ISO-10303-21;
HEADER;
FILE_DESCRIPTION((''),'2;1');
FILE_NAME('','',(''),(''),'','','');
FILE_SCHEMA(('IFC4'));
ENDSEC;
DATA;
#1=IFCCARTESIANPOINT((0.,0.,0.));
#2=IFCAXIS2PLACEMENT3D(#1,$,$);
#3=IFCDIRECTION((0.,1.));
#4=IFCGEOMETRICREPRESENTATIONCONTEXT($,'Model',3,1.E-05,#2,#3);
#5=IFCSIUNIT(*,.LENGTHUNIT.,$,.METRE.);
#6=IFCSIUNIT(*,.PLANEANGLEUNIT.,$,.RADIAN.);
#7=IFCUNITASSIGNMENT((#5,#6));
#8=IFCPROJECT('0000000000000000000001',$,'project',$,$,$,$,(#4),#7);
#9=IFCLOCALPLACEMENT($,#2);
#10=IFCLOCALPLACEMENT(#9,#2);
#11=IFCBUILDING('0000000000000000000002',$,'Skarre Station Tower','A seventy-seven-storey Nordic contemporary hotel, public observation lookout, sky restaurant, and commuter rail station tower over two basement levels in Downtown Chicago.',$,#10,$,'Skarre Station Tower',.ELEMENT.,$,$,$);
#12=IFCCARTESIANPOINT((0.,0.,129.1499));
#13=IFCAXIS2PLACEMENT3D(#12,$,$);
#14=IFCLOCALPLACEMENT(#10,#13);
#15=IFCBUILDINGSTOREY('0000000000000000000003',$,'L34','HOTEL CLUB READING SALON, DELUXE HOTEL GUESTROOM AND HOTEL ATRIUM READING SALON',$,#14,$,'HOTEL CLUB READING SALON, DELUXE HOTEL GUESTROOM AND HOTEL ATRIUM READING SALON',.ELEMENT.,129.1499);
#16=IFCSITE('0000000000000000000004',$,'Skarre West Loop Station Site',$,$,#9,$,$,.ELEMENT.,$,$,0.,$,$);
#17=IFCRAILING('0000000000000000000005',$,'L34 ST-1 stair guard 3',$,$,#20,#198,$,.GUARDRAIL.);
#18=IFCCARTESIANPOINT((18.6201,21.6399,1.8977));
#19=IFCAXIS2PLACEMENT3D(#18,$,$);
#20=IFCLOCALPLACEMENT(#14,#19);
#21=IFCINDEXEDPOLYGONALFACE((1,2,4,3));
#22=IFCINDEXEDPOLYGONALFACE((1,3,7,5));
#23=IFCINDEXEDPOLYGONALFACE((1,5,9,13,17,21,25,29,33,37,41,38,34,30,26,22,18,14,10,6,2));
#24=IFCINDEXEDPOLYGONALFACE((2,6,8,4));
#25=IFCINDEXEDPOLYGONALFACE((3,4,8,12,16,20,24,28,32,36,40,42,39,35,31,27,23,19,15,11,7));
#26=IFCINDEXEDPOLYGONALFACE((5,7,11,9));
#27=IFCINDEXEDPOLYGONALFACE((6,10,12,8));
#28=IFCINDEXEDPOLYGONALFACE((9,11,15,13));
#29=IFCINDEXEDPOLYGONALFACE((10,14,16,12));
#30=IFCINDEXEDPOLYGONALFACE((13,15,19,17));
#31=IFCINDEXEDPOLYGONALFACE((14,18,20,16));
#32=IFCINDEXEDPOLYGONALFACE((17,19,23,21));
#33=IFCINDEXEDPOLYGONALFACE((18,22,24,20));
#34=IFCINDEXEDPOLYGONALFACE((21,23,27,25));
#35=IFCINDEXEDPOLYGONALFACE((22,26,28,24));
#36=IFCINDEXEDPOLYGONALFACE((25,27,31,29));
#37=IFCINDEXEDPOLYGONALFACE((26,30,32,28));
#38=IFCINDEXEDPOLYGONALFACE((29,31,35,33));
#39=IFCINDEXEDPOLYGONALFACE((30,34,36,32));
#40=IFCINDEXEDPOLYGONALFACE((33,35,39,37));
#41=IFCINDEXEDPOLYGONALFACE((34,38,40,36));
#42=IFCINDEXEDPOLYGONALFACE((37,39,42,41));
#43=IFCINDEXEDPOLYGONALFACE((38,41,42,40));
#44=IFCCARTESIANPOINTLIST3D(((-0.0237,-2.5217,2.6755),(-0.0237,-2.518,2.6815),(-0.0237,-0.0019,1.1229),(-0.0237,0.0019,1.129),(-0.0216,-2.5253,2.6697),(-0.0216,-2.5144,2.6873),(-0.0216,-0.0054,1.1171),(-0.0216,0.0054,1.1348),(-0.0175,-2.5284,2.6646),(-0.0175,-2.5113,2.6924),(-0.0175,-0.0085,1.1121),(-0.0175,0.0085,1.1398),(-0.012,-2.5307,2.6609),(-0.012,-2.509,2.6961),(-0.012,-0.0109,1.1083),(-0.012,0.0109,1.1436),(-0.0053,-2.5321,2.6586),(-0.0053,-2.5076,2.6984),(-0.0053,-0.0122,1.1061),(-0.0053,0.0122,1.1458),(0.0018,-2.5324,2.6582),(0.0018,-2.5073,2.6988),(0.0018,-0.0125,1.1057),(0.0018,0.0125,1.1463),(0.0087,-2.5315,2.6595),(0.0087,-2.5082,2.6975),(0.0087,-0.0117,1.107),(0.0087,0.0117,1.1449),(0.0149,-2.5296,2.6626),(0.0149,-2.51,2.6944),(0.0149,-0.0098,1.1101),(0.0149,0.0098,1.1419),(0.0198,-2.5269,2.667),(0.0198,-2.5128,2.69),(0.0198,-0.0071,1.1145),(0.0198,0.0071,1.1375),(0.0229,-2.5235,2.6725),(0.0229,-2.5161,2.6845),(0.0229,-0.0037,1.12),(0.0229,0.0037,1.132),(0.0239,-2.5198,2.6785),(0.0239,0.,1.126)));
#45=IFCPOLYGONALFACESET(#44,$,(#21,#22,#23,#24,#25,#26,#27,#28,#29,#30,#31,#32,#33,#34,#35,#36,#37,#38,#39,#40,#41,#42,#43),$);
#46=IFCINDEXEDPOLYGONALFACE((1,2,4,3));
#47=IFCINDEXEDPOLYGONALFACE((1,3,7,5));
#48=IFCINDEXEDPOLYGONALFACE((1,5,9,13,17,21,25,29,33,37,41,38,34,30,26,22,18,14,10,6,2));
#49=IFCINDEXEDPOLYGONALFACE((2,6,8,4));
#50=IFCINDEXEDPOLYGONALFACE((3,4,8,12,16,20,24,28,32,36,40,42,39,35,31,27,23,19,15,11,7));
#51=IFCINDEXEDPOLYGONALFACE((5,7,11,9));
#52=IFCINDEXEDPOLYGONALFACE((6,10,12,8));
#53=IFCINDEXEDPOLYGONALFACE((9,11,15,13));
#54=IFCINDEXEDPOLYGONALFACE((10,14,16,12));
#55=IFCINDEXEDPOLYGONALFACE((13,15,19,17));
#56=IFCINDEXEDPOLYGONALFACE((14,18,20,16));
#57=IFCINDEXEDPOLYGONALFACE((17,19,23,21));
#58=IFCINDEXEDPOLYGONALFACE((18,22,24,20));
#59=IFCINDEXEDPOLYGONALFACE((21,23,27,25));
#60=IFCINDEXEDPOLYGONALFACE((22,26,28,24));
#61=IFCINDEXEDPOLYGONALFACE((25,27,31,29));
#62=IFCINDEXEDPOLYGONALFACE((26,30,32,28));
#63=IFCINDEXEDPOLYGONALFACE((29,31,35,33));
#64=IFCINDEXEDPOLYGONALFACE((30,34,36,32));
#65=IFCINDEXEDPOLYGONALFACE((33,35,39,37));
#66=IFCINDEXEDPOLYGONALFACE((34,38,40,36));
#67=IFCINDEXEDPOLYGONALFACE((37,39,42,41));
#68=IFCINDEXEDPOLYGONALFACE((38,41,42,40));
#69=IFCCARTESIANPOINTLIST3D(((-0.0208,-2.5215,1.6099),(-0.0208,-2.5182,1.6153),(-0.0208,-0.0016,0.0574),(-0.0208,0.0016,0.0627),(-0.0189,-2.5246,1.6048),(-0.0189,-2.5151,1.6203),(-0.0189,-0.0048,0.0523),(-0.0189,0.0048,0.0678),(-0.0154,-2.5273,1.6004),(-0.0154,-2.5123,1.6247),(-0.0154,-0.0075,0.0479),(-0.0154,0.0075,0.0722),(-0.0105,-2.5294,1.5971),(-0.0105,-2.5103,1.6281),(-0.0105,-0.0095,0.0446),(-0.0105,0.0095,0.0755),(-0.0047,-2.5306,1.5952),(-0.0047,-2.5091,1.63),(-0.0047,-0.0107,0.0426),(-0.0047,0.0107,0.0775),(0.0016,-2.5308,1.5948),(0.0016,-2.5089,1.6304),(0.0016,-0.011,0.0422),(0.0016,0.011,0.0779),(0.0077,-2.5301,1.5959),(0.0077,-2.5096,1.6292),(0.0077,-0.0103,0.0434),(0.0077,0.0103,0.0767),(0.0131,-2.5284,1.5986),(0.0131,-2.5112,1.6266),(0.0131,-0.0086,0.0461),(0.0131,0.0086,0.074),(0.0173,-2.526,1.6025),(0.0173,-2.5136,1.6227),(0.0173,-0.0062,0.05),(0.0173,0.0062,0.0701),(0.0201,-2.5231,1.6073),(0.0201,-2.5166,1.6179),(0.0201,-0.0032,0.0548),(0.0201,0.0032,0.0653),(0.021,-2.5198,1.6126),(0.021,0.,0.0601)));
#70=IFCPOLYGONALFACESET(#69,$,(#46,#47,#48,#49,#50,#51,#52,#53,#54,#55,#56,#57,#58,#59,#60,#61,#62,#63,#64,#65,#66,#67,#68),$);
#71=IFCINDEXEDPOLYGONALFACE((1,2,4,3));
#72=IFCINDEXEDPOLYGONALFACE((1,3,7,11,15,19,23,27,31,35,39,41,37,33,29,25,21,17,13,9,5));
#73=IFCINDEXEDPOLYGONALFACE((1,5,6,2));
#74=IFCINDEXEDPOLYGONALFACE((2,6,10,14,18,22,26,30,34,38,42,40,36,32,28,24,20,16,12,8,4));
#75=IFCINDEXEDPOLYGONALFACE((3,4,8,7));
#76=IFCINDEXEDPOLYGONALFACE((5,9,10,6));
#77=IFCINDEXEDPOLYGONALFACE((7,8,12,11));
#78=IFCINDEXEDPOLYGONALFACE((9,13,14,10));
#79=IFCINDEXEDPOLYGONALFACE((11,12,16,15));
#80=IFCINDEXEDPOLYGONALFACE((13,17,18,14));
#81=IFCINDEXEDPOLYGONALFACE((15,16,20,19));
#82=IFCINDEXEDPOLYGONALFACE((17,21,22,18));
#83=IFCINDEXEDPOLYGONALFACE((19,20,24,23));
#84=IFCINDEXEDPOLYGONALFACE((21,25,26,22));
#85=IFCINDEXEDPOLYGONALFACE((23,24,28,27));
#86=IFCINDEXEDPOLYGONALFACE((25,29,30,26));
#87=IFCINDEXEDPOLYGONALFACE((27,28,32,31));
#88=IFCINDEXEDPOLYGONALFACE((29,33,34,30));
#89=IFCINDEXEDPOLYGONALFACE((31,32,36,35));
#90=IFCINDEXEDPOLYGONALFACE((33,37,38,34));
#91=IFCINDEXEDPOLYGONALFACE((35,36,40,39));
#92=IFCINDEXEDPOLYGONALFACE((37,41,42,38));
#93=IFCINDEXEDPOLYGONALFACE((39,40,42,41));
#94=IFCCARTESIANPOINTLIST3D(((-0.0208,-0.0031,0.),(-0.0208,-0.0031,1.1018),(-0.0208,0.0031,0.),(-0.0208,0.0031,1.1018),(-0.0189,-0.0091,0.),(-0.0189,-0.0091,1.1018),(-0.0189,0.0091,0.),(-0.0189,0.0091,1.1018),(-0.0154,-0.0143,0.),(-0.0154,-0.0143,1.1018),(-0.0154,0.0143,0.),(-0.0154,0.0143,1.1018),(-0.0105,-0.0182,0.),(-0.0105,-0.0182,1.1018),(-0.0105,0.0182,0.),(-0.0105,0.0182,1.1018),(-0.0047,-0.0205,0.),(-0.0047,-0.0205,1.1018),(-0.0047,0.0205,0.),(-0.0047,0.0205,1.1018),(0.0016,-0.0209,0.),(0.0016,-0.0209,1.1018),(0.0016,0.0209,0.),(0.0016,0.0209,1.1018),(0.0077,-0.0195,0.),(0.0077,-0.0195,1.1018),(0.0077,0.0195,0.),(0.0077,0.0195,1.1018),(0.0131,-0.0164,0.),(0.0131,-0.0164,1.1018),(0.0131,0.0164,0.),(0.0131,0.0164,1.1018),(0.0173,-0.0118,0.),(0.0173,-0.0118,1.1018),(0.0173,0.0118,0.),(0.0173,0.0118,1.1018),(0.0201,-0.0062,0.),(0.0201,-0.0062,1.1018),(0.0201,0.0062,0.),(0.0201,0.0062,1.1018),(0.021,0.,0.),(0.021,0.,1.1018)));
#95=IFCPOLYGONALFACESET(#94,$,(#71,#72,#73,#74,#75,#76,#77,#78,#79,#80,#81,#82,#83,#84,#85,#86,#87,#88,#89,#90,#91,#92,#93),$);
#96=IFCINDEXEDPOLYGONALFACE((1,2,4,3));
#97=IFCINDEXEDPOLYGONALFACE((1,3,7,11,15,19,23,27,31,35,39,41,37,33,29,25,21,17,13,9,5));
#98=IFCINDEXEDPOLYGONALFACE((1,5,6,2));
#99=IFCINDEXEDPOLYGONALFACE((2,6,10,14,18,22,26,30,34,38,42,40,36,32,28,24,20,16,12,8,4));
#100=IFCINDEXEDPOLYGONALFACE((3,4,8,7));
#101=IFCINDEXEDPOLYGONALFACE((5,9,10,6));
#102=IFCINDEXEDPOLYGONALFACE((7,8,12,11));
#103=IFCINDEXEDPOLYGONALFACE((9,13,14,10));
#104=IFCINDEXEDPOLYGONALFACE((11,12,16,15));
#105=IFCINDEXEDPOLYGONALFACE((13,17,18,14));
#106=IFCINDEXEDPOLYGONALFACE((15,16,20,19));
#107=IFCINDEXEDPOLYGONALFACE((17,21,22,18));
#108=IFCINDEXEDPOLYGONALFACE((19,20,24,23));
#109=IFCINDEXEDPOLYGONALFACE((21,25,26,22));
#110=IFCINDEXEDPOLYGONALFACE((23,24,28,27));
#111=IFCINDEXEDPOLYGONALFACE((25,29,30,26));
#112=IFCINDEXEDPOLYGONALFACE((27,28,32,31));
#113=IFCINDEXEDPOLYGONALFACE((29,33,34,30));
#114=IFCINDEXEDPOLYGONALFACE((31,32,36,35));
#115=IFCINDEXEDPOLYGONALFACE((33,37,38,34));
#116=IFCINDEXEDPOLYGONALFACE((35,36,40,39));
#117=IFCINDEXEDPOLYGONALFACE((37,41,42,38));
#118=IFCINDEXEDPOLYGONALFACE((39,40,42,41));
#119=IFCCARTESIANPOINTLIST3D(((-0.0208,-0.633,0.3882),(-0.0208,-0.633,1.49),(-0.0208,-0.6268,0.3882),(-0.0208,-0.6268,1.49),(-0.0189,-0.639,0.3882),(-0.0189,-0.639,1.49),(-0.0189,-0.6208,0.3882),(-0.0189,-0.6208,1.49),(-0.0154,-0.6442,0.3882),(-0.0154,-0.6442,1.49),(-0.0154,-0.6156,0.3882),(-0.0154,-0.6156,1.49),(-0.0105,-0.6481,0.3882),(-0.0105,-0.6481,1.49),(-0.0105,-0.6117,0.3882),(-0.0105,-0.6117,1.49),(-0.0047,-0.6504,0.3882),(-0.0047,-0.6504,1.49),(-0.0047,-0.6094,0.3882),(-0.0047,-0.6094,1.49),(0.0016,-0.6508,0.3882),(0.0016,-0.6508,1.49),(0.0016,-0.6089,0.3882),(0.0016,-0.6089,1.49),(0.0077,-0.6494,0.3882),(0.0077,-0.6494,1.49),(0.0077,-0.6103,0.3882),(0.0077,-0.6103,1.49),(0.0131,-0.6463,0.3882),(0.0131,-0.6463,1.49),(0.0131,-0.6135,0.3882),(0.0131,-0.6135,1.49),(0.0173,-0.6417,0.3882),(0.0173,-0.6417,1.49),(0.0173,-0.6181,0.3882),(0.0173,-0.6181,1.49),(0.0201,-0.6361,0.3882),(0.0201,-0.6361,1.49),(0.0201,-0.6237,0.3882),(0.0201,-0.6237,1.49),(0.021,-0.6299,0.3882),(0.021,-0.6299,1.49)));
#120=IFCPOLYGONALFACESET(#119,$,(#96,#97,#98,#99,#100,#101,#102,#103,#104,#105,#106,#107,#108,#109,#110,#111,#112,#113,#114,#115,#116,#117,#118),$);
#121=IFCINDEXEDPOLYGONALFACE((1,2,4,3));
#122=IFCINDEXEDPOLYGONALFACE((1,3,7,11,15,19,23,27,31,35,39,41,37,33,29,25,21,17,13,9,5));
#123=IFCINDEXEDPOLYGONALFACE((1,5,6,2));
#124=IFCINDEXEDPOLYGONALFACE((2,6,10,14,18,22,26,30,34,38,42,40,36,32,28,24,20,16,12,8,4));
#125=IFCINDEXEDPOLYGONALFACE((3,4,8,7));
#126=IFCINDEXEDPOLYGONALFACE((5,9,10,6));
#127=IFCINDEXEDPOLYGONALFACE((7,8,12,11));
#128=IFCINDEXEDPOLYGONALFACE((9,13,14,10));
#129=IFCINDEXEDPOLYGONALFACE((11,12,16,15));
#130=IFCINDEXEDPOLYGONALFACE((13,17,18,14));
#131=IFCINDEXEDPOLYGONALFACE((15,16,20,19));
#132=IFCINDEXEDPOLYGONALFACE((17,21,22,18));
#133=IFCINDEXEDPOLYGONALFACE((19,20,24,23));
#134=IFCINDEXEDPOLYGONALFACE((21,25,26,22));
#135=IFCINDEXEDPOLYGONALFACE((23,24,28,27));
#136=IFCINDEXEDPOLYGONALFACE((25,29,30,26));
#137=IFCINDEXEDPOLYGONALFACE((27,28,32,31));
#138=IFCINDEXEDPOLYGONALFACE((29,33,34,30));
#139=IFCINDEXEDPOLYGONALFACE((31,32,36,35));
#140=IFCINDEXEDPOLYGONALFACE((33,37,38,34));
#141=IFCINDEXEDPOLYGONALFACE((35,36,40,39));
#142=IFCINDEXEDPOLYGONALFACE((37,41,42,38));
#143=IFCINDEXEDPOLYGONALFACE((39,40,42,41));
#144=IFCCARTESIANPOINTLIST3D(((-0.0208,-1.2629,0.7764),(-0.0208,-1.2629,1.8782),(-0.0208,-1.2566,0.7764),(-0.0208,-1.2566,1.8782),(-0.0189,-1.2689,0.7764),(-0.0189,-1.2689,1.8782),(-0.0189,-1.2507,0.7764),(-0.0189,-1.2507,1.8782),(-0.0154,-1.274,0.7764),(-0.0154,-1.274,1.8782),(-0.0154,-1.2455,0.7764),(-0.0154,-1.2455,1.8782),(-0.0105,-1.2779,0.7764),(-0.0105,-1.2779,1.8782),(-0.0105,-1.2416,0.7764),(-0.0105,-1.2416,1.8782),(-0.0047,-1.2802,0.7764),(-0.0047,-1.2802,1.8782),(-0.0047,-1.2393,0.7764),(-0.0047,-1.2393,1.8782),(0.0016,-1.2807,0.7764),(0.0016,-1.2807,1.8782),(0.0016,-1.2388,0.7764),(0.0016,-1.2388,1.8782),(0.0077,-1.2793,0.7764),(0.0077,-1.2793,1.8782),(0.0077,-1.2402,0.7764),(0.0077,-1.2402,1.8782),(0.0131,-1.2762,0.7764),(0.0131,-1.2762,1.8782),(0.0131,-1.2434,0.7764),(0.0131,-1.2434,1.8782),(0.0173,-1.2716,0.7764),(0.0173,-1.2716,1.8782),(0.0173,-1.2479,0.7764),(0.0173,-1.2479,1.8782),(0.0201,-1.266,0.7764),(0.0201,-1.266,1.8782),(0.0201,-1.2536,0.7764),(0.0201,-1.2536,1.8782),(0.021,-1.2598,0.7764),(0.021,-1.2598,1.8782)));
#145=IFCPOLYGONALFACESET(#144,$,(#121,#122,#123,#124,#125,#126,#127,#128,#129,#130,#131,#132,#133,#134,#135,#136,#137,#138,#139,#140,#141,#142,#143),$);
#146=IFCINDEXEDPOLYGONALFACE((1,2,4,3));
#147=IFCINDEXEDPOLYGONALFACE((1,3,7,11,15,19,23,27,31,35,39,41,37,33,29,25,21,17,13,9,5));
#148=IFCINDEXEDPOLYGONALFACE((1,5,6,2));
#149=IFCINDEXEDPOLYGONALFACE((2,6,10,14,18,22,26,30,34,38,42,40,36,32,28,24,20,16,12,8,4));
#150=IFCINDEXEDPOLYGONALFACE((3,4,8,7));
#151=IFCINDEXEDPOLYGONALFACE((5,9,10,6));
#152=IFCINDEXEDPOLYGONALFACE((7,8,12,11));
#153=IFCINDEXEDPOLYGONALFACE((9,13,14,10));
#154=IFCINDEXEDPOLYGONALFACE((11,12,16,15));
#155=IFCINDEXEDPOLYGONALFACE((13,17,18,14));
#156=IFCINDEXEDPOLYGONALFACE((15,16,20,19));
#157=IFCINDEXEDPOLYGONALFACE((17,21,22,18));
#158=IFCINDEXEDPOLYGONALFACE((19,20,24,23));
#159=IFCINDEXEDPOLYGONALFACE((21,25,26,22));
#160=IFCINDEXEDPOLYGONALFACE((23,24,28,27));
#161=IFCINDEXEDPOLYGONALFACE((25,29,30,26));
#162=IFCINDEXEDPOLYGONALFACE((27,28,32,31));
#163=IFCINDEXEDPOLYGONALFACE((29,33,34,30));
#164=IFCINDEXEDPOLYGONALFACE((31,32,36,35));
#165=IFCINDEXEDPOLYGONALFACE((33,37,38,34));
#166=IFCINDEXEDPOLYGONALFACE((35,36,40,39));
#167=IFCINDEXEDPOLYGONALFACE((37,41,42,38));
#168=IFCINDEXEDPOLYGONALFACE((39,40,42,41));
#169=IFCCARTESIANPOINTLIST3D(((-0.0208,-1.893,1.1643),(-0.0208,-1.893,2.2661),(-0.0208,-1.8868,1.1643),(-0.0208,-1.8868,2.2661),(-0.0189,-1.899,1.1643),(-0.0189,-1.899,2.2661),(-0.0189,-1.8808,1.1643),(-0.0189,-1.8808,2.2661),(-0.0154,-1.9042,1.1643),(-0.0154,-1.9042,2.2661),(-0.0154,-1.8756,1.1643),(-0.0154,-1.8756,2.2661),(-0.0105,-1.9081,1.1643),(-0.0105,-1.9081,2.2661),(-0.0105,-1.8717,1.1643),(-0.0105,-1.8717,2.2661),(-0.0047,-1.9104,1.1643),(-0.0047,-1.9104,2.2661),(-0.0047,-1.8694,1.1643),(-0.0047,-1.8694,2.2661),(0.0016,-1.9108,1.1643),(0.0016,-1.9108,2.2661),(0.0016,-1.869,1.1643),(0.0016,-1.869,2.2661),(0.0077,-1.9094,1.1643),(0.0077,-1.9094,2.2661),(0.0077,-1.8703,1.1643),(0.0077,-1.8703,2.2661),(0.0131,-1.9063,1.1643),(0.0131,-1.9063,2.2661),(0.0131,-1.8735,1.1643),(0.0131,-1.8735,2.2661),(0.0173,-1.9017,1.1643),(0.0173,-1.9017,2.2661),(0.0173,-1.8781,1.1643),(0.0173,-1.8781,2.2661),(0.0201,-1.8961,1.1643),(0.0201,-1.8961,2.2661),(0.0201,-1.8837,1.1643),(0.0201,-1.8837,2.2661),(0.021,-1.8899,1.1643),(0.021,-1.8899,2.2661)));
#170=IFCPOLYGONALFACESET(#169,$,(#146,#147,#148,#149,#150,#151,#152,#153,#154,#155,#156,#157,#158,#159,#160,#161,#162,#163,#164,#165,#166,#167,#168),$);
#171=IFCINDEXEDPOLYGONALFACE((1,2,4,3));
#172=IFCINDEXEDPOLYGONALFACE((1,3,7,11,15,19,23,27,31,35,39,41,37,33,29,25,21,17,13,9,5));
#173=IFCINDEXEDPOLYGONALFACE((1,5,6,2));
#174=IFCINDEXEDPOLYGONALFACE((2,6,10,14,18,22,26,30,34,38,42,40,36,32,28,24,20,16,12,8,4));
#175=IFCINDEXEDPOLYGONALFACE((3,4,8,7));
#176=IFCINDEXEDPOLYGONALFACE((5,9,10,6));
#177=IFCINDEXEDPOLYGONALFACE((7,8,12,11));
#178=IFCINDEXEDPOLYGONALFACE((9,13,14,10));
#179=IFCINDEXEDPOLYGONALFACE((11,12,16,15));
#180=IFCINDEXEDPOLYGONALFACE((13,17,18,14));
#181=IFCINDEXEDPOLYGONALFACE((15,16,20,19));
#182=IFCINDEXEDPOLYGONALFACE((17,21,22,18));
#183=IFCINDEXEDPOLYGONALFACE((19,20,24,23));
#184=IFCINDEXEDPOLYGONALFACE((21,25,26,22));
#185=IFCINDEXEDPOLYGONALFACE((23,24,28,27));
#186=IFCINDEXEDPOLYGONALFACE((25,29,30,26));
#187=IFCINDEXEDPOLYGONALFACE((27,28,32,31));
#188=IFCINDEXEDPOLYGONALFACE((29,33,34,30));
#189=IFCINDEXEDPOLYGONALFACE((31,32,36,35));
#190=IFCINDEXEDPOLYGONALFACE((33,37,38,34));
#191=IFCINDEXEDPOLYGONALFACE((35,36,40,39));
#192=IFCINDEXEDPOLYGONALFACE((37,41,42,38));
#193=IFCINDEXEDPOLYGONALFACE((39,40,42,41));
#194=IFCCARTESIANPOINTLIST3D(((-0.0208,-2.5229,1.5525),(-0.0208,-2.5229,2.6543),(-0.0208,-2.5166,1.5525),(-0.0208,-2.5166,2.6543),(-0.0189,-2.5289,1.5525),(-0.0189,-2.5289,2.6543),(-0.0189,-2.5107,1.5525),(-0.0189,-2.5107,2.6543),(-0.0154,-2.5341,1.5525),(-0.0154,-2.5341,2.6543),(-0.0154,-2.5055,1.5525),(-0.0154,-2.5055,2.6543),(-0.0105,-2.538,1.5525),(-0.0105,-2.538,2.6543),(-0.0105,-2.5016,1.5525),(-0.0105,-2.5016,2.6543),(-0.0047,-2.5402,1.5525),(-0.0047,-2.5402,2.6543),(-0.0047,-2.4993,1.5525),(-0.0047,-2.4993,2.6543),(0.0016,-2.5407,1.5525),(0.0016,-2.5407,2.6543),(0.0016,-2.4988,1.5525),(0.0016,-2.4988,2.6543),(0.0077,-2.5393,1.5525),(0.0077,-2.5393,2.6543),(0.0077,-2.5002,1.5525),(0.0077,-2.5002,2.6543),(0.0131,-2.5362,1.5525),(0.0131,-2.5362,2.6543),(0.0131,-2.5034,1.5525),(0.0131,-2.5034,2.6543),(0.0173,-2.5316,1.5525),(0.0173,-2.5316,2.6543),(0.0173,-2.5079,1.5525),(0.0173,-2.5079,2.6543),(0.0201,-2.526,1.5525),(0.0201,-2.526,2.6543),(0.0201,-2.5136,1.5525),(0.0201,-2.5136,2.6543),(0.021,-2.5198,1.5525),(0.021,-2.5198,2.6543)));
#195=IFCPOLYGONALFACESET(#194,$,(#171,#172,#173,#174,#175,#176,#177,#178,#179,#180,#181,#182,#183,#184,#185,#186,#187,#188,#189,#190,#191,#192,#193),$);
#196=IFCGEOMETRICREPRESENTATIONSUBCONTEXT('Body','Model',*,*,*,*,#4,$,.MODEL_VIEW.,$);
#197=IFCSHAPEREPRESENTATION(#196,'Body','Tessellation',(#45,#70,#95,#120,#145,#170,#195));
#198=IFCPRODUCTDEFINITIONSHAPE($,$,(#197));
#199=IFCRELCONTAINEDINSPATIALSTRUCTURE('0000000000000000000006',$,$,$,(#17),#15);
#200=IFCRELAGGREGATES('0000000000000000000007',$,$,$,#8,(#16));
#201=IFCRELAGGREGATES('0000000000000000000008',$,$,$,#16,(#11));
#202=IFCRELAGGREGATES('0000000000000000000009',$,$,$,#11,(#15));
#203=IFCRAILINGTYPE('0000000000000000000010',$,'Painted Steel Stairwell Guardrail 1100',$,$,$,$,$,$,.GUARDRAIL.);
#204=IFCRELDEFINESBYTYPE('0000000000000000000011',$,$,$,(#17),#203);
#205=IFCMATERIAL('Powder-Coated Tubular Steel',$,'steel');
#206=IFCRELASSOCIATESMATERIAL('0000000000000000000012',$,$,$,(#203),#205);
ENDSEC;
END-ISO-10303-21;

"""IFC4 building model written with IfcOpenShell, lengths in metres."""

from ifc_helpers import new_model, si_unit, direction, frame, origin, origin_2d, place, context, subcontext, project, spatial, circle, extrude, material, type_object, element, save


model = new_model("IFC4")

# Units and contexts
model_context = context("Model", 3, precision=1e-05, world=origin(), true_north=direction((0.0, 1.0)))
body_context = subcontext(model_context, "Body", "Model", "MODEL_VIEW")
ifc_project = project(units=[si_unit("LENGTHUNIT", "METRE"), si_unit("PLANEANGLEUNIT", "RADIAN")], contexts=[model_context])

# Site, building, storey
site_placement = place(None, origin())
site = spatial("IfcSite", under=ifc_project, at=site_placement, Name="Skarre West Loop Station Site", CompositionType="ELEMENT", RefElevation=0.0)
building_placement = place(site_placement, origin())
building = spatial("IfcBuilding", under=site, at=building_placement, Name="Skarre Station Tower", Description="A seventy-seven-storey Nordic contemporary hotel, public observation lookout, sky restaurant, and commuter rail station tower over two basement levels in Downtown Chicago.", LongName="Skarre Station Tower", CompositionType="ELEMENT")
storey_placement = place(building_placement, frame((0.0, 0.0, 129.1499)))
storey = spatial("IfcBuildingStorey", under=building, at=storey_placement, Name="L34", Description="HOTEL CLUB READING SALON, DELUXE HOTEL GUESTROOM AND HOTEL ATRIUM READING SALON", LongName="HOTEL CLUB READING SALON, DELUXE HOTEL GUESTROOM AND HOTEL ATRIUM READING SALON", CompositionType="ELEMENT", Elevation=129.1499)

# Railing
ifc_material_1 = material(Name="Powder-Coated Tubular Steel", Category="steel")
railing_type_1 = type_object("IfcRailingType", Name="Painted Steel Stairwell Guardrail 1100", PredefinedType="GUARDRAIL", material=ifc_material_1)
railing_1_placement = place(storey_placement, frame((18.6201, 21.6399, 1.8977)))
element("IfcRailing", 1, at=railing_1_placement, inside=storey, type_object=railing_type_1, Name="L34 ST-1 stair guard 3", PredefinedType="GUARDRAIL", context=body_context, shape_type="SweptSolid", body=[
    extrude(circle(Radius=0.0239, at=origin_2d()), frame((0.0, 0.0, 1.126), z_axis=(0.0, -0.851378, 0.524553), x_axis=(1.0, 0.0, 0.0)), (0.0, 0.0, 1.0), 2.9597),
    extrude(circle(Radius=0.021, at=origin_2d()), frame((0.0, 0.0, 0.0601), z_axis=(0.0, -0.851378, 0.524553), x_axis=(1.0, 0.0, 0.0)), (0.0, 0.0, 1.0), 2.9597),
    extrude(circle(Radius=0.021, at=origin_2d()), origin(), (0.0, 0.0, 1.0), 1.1018),
    extrude(circle(Radius=0.021, at=origin_2d()), frame((0.0, -0.6299, 0.3882)), (0.0, 0.0, 1.0), 1.1018),
    extrude(circle(Radius=0.021, at=origin_2d()), frame((0.0, -1.2598, 0.7764)), (0.0, 0.0, 1.0), 1.1018),
    extrude(circle(Radius=0.021, at=origin_2d()), frame((0.0, -1.8899, 1.1643)), (0.0, 0.0, 1.0), 1.1018),
    extrude(circle(Radius=0.021, at=origin_2d()), frame((0.0, -2.5198, 1.5525)), (0.0, 0.0, 1.0), 1.1018),
])

save(model, "model.ifc")
